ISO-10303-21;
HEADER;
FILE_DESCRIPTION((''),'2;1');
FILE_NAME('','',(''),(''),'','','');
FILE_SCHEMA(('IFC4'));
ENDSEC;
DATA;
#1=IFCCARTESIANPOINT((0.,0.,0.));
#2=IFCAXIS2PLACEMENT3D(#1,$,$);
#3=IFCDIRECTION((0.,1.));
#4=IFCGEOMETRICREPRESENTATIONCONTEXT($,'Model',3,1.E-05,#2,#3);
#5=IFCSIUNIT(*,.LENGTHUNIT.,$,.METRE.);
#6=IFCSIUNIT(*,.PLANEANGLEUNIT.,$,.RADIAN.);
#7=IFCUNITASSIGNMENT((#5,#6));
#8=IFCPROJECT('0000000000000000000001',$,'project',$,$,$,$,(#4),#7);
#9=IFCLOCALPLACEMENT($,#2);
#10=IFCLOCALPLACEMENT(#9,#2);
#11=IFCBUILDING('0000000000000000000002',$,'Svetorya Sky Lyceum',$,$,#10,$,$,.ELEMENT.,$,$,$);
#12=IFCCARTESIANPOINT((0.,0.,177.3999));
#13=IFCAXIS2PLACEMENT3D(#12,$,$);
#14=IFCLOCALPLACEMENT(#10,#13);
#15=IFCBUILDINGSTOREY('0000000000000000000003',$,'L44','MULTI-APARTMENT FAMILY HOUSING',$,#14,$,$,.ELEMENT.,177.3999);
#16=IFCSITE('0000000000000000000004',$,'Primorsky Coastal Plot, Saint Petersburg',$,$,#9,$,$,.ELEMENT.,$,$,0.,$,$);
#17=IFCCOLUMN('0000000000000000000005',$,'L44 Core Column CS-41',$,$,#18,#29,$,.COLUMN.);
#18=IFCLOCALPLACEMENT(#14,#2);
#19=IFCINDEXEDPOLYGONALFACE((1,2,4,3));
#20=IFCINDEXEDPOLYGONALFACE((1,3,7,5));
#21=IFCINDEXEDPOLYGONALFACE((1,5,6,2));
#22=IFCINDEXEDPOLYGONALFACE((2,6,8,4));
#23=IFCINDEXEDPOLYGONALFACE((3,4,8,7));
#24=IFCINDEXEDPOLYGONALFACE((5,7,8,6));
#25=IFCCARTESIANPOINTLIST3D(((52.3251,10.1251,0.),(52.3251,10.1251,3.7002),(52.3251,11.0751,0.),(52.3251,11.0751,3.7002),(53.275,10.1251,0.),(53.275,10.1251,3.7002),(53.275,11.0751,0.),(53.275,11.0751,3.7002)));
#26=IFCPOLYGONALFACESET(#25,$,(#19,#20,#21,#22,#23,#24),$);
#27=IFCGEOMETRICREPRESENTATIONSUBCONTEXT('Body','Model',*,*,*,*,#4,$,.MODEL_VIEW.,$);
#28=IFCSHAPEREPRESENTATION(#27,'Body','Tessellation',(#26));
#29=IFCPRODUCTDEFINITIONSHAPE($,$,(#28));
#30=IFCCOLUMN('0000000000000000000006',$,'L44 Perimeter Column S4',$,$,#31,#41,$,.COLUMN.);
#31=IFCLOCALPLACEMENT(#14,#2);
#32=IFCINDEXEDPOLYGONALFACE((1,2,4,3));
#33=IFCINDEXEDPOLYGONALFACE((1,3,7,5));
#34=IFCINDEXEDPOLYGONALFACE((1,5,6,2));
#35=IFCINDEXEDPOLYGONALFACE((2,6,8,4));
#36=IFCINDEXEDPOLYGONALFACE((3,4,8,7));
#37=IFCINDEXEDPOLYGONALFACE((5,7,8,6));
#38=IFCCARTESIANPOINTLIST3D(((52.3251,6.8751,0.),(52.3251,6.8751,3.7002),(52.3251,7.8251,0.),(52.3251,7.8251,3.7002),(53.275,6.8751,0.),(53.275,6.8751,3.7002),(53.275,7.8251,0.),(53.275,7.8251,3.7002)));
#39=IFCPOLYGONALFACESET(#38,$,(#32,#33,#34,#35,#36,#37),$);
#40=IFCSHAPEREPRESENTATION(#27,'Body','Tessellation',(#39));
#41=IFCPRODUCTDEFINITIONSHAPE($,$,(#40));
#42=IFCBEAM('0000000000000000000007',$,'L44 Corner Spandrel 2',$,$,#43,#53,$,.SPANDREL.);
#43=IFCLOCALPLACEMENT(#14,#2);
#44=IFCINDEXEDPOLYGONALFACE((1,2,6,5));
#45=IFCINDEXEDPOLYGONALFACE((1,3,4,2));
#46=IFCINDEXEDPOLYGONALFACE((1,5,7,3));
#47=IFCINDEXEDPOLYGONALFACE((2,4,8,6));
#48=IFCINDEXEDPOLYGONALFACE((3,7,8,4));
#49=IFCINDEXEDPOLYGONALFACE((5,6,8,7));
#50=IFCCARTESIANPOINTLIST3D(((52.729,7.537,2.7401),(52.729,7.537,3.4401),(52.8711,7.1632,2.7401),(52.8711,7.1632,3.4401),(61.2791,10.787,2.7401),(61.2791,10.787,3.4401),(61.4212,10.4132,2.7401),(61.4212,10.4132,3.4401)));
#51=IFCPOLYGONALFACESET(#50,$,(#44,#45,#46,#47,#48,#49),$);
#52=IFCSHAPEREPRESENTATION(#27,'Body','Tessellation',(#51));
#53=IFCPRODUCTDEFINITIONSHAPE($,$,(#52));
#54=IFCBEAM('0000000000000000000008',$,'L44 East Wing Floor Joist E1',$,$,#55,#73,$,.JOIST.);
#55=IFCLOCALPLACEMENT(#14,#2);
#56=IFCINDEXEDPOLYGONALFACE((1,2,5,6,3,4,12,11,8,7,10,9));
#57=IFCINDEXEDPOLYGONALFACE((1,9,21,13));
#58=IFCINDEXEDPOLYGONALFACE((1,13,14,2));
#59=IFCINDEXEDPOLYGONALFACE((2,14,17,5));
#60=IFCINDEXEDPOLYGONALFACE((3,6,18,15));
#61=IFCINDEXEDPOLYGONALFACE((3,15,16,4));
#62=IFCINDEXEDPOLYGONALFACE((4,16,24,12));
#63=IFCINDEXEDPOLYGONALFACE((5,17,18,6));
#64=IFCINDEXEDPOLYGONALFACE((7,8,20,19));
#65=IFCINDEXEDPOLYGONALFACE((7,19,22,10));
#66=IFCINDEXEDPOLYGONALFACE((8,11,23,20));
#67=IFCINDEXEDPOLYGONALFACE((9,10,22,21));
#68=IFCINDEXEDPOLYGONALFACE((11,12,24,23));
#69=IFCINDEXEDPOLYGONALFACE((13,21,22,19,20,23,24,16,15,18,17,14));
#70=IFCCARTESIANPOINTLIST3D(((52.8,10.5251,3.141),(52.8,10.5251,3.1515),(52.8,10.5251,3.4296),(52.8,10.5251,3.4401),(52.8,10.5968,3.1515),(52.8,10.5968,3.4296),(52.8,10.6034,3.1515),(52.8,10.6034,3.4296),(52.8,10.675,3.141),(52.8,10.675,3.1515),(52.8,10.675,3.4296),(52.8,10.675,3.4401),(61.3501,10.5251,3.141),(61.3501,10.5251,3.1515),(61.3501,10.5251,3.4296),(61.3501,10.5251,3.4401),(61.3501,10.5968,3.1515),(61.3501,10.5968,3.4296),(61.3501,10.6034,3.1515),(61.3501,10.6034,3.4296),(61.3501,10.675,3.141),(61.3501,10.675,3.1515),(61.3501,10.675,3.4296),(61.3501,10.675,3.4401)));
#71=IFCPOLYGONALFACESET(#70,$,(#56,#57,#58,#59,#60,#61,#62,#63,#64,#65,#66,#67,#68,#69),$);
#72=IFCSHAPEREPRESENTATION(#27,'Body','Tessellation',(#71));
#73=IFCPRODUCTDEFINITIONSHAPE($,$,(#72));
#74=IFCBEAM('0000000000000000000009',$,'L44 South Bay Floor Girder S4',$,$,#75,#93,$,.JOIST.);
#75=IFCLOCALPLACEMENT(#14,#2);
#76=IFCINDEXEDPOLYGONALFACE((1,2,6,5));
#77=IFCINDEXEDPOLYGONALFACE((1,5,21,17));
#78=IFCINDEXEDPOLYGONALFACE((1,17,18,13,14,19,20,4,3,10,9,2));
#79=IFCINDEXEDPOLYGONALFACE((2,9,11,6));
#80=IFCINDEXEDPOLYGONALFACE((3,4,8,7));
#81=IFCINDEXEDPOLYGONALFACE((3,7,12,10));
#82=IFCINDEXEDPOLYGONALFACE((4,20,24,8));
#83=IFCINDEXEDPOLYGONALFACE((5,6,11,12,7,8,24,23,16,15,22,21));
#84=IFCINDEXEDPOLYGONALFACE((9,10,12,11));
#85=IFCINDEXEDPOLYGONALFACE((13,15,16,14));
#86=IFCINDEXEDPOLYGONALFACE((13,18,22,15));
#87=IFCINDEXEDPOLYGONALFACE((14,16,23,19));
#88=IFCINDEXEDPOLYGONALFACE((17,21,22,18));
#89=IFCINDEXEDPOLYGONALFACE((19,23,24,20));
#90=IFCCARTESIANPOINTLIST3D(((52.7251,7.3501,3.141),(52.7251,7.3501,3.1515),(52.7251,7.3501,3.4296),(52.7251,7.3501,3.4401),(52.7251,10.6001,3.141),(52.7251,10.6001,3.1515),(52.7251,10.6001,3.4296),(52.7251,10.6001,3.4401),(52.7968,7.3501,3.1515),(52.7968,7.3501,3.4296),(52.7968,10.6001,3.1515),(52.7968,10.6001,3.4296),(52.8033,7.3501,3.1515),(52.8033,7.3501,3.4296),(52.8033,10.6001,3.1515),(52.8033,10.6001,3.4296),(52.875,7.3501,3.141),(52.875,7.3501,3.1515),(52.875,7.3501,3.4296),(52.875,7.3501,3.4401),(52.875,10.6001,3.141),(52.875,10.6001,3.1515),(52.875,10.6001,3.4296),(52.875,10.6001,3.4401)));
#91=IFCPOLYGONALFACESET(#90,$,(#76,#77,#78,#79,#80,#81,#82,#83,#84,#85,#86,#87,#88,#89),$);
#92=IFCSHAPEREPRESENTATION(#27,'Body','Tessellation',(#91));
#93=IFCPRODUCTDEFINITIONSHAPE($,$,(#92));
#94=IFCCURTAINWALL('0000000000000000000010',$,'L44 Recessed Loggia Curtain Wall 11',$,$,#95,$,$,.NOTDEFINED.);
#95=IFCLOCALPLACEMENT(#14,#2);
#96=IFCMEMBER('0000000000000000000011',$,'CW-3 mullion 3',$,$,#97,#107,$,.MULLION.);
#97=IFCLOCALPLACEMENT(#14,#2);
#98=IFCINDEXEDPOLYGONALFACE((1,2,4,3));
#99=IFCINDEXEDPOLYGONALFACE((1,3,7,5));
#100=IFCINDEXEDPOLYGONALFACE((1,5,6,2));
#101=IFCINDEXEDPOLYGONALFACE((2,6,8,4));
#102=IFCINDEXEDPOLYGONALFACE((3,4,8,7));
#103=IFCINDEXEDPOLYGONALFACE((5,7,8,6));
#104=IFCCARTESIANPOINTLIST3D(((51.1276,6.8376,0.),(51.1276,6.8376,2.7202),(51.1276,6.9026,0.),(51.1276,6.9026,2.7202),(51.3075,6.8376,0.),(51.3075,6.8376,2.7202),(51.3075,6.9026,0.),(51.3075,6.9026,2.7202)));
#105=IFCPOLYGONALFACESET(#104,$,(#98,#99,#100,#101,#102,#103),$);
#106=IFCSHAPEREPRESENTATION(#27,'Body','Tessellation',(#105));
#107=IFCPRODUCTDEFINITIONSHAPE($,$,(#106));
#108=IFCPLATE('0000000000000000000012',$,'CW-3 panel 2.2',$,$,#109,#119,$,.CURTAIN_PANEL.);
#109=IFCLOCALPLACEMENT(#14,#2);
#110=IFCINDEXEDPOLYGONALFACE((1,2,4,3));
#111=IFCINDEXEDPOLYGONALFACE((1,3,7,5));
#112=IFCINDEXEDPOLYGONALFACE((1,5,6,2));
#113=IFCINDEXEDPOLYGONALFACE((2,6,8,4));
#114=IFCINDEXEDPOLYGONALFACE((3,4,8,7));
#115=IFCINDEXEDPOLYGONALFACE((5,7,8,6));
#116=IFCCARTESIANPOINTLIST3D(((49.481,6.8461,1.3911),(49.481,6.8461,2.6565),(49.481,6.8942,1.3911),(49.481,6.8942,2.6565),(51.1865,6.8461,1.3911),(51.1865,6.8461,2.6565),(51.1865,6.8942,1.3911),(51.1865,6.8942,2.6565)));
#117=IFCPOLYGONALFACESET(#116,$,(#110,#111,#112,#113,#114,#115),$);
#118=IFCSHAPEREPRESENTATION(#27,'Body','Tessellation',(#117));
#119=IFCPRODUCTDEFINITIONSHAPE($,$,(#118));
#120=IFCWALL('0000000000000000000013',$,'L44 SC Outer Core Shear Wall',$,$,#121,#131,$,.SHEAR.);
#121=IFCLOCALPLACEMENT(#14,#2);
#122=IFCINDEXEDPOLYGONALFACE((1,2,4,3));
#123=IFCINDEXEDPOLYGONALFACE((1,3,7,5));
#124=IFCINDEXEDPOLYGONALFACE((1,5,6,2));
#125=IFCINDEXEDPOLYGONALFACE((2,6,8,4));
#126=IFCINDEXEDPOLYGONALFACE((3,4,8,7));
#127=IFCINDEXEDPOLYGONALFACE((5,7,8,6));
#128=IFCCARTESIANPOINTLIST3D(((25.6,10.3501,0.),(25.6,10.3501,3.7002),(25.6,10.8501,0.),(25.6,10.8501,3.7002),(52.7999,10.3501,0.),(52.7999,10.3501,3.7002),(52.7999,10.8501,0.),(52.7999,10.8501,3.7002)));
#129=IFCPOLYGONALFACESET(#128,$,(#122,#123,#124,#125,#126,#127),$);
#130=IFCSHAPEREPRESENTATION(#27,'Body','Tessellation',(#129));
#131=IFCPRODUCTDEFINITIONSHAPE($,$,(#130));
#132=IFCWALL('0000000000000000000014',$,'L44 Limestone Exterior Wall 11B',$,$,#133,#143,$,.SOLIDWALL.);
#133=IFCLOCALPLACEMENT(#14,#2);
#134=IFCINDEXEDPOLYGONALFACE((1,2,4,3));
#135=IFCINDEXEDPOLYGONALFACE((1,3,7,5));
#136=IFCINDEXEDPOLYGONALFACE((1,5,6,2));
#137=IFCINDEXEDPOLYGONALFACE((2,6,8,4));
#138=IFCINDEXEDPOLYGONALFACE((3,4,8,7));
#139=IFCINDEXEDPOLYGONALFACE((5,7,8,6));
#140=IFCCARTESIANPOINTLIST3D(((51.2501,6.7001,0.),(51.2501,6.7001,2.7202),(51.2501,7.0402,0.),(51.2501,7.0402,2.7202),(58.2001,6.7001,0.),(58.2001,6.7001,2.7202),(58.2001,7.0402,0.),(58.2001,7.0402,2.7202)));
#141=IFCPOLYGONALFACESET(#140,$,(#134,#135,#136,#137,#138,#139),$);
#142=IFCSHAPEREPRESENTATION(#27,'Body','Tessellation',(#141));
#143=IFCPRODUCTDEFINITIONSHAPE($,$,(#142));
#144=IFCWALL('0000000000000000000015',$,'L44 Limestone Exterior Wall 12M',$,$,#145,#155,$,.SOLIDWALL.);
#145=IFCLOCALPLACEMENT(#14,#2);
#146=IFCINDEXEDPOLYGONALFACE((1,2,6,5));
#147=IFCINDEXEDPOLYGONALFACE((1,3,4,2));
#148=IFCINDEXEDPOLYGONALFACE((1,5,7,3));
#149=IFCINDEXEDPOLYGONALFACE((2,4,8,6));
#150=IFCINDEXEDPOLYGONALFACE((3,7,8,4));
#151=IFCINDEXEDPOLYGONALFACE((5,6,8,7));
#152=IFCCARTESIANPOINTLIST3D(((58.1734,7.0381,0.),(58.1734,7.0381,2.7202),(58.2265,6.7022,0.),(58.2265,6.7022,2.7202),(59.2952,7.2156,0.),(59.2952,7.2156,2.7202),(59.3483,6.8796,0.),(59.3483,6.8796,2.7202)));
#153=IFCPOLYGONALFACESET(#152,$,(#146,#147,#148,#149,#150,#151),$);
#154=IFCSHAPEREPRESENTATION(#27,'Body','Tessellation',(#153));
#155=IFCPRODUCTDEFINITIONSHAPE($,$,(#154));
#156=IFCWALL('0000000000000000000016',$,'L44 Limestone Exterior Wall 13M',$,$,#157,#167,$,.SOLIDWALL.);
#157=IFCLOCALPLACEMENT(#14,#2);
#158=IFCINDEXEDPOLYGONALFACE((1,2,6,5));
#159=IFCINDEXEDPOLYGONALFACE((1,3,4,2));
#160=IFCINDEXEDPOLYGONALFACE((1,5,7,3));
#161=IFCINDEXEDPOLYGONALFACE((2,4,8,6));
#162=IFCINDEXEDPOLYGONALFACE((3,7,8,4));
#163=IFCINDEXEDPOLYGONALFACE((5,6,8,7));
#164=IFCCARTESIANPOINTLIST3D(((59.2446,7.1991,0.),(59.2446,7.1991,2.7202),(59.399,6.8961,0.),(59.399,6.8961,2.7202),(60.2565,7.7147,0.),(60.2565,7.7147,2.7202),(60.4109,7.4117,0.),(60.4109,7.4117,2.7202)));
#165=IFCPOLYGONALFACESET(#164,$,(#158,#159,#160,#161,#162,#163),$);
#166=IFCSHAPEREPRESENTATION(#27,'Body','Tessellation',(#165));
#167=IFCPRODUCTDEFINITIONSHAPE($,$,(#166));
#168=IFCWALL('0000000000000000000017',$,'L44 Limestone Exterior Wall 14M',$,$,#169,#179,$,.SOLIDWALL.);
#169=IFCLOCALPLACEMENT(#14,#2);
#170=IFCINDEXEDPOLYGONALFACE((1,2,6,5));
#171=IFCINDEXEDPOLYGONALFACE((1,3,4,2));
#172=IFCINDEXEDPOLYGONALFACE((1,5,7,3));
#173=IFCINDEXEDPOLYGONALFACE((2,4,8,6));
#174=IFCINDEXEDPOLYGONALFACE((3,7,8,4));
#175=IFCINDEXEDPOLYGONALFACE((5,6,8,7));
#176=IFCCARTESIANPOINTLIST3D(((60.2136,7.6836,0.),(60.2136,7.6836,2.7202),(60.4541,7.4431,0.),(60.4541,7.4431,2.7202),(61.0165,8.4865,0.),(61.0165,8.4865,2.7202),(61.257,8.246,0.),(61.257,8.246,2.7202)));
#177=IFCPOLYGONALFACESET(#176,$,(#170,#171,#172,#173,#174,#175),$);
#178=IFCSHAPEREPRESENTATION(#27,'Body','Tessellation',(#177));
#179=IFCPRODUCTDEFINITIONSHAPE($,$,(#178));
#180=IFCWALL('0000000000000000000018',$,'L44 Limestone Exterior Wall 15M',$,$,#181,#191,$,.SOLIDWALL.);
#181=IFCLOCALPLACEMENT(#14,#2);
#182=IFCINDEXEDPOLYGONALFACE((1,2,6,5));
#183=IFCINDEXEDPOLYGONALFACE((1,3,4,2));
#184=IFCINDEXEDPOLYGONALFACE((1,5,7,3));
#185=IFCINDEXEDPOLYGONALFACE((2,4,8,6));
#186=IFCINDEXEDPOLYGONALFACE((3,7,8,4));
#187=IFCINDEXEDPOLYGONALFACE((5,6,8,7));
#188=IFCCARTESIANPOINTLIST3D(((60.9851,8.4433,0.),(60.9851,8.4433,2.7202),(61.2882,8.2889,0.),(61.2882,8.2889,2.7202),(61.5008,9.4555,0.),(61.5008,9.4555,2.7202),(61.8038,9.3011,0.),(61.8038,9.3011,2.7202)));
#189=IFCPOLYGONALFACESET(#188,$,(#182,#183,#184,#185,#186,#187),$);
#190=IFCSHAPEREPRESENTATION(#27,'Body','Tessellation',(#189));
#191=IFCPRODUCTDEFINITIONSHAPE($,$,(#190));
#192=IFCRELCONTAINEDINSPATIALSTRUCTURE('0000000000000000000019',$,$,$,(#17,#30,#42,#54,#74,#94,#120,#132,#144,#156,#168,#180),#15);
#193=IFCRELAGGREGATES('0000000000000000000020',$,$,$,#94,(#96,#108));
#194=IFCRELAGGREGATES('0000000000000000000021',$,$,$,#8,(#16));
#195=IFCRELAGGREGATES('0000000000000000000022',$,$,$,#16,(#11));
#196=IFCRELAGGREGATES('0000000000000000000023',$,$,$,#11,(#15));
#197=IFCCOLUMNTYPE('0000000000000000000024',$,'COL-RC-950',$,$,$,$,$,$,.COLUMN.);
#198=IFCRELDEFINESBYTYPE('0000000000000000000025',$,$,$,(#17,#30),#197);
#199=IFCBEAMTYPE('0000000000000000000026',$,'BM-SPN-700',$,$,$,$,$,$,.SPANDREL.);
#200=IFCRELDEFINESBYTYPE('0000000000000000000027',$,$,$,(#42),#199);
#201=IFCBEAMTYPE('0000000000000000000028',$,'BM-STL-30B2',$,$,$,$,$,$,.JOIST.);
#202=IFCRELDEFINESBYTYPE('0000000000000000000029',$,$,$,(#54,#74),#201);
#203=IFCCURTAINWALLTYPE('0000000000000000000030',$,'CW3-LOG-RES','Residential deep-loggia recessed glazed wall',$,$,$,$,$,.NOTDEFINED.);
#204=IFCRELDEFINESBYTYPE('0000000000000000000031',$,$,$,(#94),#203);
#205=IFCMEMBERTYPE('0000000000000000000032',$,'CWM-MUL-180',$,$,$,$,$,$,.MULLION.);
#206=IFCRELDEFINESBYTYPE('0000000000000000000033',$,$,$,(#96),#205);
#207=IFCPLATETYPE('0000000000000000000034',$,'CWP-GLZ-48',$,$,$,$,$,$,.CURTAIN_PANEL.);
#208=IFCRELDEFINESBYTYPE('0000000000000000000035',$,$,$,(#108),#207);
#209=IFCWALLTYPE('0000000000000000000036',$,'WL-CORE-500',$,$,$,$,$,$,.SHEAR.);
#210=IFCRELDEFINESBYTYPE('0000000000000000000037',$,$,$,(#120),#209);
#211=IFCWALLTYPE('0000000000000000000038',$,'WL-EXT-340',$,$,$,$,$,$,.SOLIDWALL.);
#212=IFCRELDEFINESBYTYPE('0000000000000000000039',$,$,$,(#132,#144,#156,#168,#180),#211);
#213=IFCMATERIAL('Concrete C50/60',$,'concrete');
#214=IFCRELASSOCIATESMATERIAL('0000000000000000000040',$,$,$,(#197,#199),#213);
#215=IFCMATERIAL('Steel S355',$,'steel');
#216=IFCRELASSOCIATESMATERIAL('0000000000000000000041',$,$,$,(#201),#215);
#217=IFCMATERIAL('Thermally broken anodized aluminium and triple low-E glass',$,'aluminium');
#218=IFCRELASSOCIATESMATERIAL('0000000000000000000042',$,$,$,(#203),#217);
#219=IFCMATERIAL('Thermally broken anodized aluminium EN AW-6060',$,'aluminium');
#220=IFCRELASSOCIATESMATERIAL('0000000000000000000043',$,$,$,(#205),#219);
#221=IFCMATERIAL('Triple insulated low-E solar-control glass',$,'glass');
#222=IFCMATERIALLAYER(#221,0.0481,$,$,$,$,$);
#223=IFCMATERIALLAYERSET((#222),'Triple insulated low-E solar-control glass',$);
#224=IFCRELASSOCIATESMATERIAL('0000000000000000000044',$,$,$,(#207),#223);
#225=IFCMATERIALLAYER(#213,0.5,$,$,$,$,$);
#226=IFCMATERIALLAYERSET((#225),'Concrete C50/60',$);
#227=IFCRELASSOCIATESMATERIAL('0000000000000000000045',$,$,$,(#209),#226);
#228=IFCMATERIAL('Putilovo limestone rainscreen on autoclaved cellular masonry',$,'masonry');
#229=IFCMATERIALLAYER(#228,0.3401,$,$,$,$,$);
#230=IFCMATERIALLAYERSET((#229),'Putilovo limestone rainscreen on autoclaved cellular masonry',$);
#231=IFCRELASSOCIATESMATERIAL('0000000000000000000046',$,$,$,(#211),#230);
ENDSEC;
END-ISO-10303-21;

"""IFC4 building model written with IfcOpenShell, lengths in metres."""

from ifc_helpers import new_model, si_unit, direction, frame, frame_2d, origin, origin_2d, place, context, subcontext, project, spatial, rectangle, i_section, extrude, material, layer, layer_set, material_profile, profile_set, type_object, element, aggregate, save


model = new_model("IFC4")

# Units and contexts
model_context = context("Model", 3, precision=1e-05, world=origin(), true_north=direction((0.0, 1.0)))
body_context = subcontext(model_context, "Body", "Model", "MODEL_VIEW")
ifc_project = project(units=[si_unit("LENGTHUNIT", "METRE"), si_unit("PLANEANGLEUNIT", "RADIAN")], contexts=[model_context])

# Site, building, storey
site_placement = place(None, origin())
site = spatial("IfcSite", under=ifc_project, at=site_placement, Name="Primorsky Coastal Plot, Saint Petersburg", CompositionType="ELEMENT", RefElevation=0.0)
building_placement = place(site_placement, origin())
building = spatial("IfcBuilding", under=site, at=building_placement, Name="Svetorya Sky Lyceum", CompositionType="ELEMENT")
storey_placement = place(building_placement, frame((0.0, 0.0, 177.3999)))
storey = spatial("IfcBuildingStorey", under=building, at=storey_placement, Name="L44", Description="MULTI-APARTMENT FAMILY HOUSING", CompositionType="ELEMENT", Elevation=177.3999)

# Columns
ifc_material_1 = material(Name="Concrete C50/60", Category="concrete")
ifc_material_profile_1 = material_profile(ifc_material_1, rectangle(XDim=0.95, YDim=0.95, at=origin_2d()), Name="RC COL 950x950")
ifc_profile_set_1 = profile_set([ifc_material_profile_1], Name="Concrete C50/60")
column_type = type_object("IfcColumnType", Name="COL-RC-950", PredefinedType="COLUMN", material=ifc_profile_set_1)
for number, where, z_axis, x_axis, name in (
    (1, (52.8, 10.6001, 0.0), (0.0, 0.0, 1.0), (1.0, 0.0, 0.0), "L44 Core Column CS-41"),
    (2, (52.8, 7.3501, 0.0), (0.0, 0.0, 1.0), (1.0, 0.0, 0.0), "L44 Perimeter Column S4"),
):
    element("IfcColumn", number, at=place(storey_placement, frame(where, z_axis=z_axis, x_axis=x_axis)), inside=storey, type_object=column_type, Name=name, PredefinedType="COLUMN", context=body_context, shape_type="SweptSolid", body=[
        extrude(rectangle(XDim=0.95, YDim=0.95, at=origin_2d()), origin(), (0.0, 0.0, 1.0), 3.7002),
    ])

# Beams
ifc_material_profile_2 = material_profile(ifc_material_1, rectangle(XDim=0.3999, YDim=0.7, at=origin_2d()), Name="RC SPANDREL 400x700")
ifc_profile_set_2 = profile_set([ifc_material_profile_2], Name="Concrete C50/60")
beam_type_1 = type_object("IfcBeamType", Name="BM-SPN-700", PredefinedType="SPANDREL", material=ifc_profile_set_2)
beam_1_placement = place(storey_placement, frame((52.8, 7.3501, 3.0901), z_axis=(0.934748, 0.355312, 0.0), x_axis=(-0.355312, 0.934748, 0.0)))
element("IfcBeam", 3, at=beam_1_placement, inside=storey, type_object=beam_type_1, Name="L44 Corner Spandrel 2", PredefinedType="SPANDREL", context=body_context, shape_type="SweptSolid", body=[
    extrude(rectangle(XDim=0.3999, YDim=0.7, at=origin_2d()), origin(), (0.0, 0.0, 1.0), 9.147),
])
ifc_material_2 = material(Name="Steel S355", Category="steel")
ifc_material_profile_3 = material_profile(ifc_material_2, i_section(OverallWidth=0.1499, OverallDepth=0.2991, WebThickness=0.0066, FlangeThickness=0.0105, at=origin_2d()), Name="GOST 30B2")
ifc_profile_set_3 = profile_set([ifc_material_profile_3], Name="Steel S355")
beam_type_2 = type_object("IfcBeamType", Name="BM-STL-30B2", PredefinedType="JOIST", material=ifc_profile_set_3)
beam_2_placement = place(storey_placement, frame((52.8, 10.6001, 3.2905), z_axis=(1.0, 0.0, 0.0), x_axis=(0.0, 1.0, 0.0)))
element("IfcBeam", 4, at=beam_2_placement, inside=storey, type_object=beam_type_2, Name="L44 East Wing Floor Joist E1", PredefinedType="JOIST", context=body_context, shape_type="SweptSolid", body=[
    extrude(i_section(OverallWidth=0.1499, OverallDepth=0.2991, WebThickness=0.0066, FlangeThickness=0.0105, at=origin_2d()), origin(), (0.0, 0.0, 1.0), 8.55),
])
beam_3_placement = place(storey_placement, frame((52.8, 7.3501, 3.2905), z_axis=(0.0, 1.0, 0.0), x_axis=(-1.0, 0.0, 0.0)))
element("IfcBeam", 5, at=beam_3_placement, inside=storey, type_object=beam_type_2, Name="L44 South Bay Floor Girder S4", PredefinedType="JOIST", context=body_context, shape_type="SweptSolid", body=[
    extrude(i_section(OverallWidth=0.1499, OverallDepth=0.2991, WebThickness=0.0066, FlangeThickness=0.0105, at=origin_2d()), origin(), (0.0, 0.0, 1.0), 3.25),
])

# Curtain wall, member, plate
ifc_material_3 = material(Name="Thermally broken anodized aluminium and triple low-E glass", Category="aluminium")
curtain_wall_type = type_object("IfcCurtainWallType", Name="CW3-LOG-RES", Description="Residential deep-loggia recessed glazed wall", PredefinedType="NOTDEFINED", material=ifc_material_3)
curtain_wall_placement = place(storey_placement, origin())
curtain_wall = element("IfcCurtainWall", 6, at=curtain_wall_placement, inside=storey, type_object=curtain_wall_type, Name="L44 Recessed Loggia Curtain Wall 11", PredefinedType="NOTDEFINED")
ifc_material_4 = material(Name="Thermally broken anodized aluminium EN AW-6060", Category="aluminium")
ifc_material_profile_4 = material_profile(ifc_material_4, rectangle(XDim=0.0649, YDim=0.1799, at=origin_2d()), Name="ALU MULLION 65x180")
ifc_profile_set_4 = profile_set([ifc_material_profile_4], Name="Thermally broken anodized aluminium EN AW-6060")
member_type = type_object("IfcMemberType", Name="CWM-MUL-180", PredefinedType="MULLION", material=ifc_profile_set_4)
member_placement = place(storey_placement, frame((51.2175, 6.8701, 0.0), z_axis=(0.0, 0.0, 1.0), x_axis=(0.0, 1.0, 0.0)))
member = element("IfcMember", 7, at=member_placement, type_object=member_type, Name="CW-3 mullion 3", PredefinedType="MULLION", context=body_context, shape_type="SweptSolid", body=[
    extrude(rectangle(XDim=0.0649, YDim=0.1799, at=origin_2d()), origin(), (0.0, 0.0, 1.0), 2.7202),
])
ifc_material_5 = material(Name="Triple insulated low-E solar-control glass", Category="glass")
ifc_layer_1 = layer(ifc_material_5, 0.0481)
ifc_layer_set_1 = layer_set([ifc_layer_1], Name="Triple insulated low-E solar-control glass")
plate_type = type_object("IfcPlateType", Name="CWP-GLZ-48", PredefinedType="CURTAIN_PANEL", material=ifc_layer_set_1)
plate_placement = place(storey_placement, frame((50.3337, 6.8701, 1.3911), z_axis=(0.0, 0.0, 1.0), x_axis=(1.0, 0.0, 0.0)))
plate = element("IfcPlate", 8, at=plate_placement, type_object=plate_type, Name="CW-3 panel 2.2", PredefinedType="CURTAIN_PANEL", context=body_context, shape_type="SweptSolid", body=[
    extrude(rectangle(XDim=1.7056, YDim=0.0481, at=origin_2d()), origin(), (0.0, 0.0, 1.0), 1.2654),
])
aggregate(curtain_wall, [member, plate])

# Walls
ifc_layer_2 = layer(ifc_material_1, 0.5)
ifc_layer_set_2 = layer_set([ifc_layer_2], Name="Concrete C50/60")
wall_type_1 = type_object("IfcWallType", Name="WL-CORE-500", PredefinedType="SHEAR", material=ifc_layer_set_2)
wall_1_placement = place(storey_placement, frame((52.8, 10.6001, 0.0), z_axis=(0.0, 0.0, 1.0), x_axis=(-1.0, 0.0, 0.0)))
element("IfcWall", 9, at=wall_1_placement, inside=storey, type_object=wall_type_1, Name="L44 SC Outer Core Shear Wall", PredefinedType="SHEAR", context=body_context, shape_type="SweptSolid", body=[
    extrude(rectangle(XDim=27.2, YDim=0.5, at=frame_2d((13.6001, 0.0))), origin(), (0.0, 0.0, 1.0), 3.7002),
])
ifc_material_6 = material(Name="Putilovo limestone rainscreen on autoclaved cellular masonry", Category="masonry")
ifc_layer_3 = layer(ifc_material_6, 0.3401)
ifc_layer_set_3 = layer_set([ifc_layer_3], Name="Putilovo limestone rainscreen on autoclaved cellular masonry")
wall_type_2 = type_object("IfcWallType", Name="WL-EXT-340", PredefinedType="SOLIDWALL", material=ifc_layer_set_3)
wall_2_placement = place(storey_placement, frame((51.25, 6.8701, 0.0), z_axis=(0.0, 0.0, 1.0), x_axis=(1.0, 0.0, 0.0)))
element("IfcWall", 10, at=wall_2_placement, inside=storey, type_object=wall_type_2, Name="L44 Limestone Exterior Wall 11B", PredefinedType="SOLIDWALL", context=body_context, shape_type="SweptSolid", body=[
    extrude(rectangle(XDim=6.95, YDim=0.3401, at=frame_2d((3.4751, 0.0))), origin(), (0.0, 0.0, 1.0), 2.7202),
])
for number, where, z_axis, x_axis, name in (
    (11, (58.2, 6.8701, 0.0), (0.0, 0.0, 1.0), (0.987714, 0.156272, 0.0), "L44 Limestone Exterior Wall 12M"),
    (12, (59.3218, 7.0476, 0.0), (0.0, 0.0, 1.0), (0.891005, 0.453993, 0.0), "L44 Limestone Exterior Wall 13M"),
):
    element("IfcWall", number, at=place(storey_placement, frame(where, z_axis=z_axis, x_axis=x_axis)), inside=storey, type_object=wall_type_2, Name=name, PredefinedType="SOLIDWALL", context=body_context, shape_type="SweptSolid", body=[
        extrude(rectangle(XDim=1.1357, YDim=0.3401, at=frame_2d((0.5679, 0.0))), origin(), (0.0, 0.0, 1.0), 2.7202),
    ])
wall_3_placement = place(storey_placement, frame((60.3337, 7.5632, 0.0), z_axis=(0.0, 0.0, 1.0), x_axis=(0.707107, 0.707107, 0.0)))
element("IfcWall", 13, at=wall_3_placement, inside=storey, type_object=wall_type_2, Name="L44 Limestone Exterior Wall 14M", PredefinedType="SOLIDWALL", context=body_context, shape_type="SweptSolid", body=[
    extrude(rectangle(XDim=1.1355, YDim=0.3401, at=frame_2d((0.5679, 0.0))), origin(), (0.0, 0.0, 1.0), 2.7202),
])
wall_4_placement = place(storey_placement, frame((61.1367, 8.3662, 0.0), z_axis=(0.0, 0.0, 1.0), x_axis=(0.453906, 0.891049, 0.0)))
element("IfcWall", 14, at=wall_4_placement, inside=storey, type_object=wall_type_2, Name="L44 Limestone Exterior Wall 15M", PredefinedType="SOLIDWALL", context=body_context, shape_type="SweptSolid", body=[
    extrude(rectangle(XDim=1.136, YDim=0.3401, at=frame_2d((0.5679, 0.0))), origin(), (0.0, 0.0, 1.0), 2.7202),
])

save(model, "model.ifc")
